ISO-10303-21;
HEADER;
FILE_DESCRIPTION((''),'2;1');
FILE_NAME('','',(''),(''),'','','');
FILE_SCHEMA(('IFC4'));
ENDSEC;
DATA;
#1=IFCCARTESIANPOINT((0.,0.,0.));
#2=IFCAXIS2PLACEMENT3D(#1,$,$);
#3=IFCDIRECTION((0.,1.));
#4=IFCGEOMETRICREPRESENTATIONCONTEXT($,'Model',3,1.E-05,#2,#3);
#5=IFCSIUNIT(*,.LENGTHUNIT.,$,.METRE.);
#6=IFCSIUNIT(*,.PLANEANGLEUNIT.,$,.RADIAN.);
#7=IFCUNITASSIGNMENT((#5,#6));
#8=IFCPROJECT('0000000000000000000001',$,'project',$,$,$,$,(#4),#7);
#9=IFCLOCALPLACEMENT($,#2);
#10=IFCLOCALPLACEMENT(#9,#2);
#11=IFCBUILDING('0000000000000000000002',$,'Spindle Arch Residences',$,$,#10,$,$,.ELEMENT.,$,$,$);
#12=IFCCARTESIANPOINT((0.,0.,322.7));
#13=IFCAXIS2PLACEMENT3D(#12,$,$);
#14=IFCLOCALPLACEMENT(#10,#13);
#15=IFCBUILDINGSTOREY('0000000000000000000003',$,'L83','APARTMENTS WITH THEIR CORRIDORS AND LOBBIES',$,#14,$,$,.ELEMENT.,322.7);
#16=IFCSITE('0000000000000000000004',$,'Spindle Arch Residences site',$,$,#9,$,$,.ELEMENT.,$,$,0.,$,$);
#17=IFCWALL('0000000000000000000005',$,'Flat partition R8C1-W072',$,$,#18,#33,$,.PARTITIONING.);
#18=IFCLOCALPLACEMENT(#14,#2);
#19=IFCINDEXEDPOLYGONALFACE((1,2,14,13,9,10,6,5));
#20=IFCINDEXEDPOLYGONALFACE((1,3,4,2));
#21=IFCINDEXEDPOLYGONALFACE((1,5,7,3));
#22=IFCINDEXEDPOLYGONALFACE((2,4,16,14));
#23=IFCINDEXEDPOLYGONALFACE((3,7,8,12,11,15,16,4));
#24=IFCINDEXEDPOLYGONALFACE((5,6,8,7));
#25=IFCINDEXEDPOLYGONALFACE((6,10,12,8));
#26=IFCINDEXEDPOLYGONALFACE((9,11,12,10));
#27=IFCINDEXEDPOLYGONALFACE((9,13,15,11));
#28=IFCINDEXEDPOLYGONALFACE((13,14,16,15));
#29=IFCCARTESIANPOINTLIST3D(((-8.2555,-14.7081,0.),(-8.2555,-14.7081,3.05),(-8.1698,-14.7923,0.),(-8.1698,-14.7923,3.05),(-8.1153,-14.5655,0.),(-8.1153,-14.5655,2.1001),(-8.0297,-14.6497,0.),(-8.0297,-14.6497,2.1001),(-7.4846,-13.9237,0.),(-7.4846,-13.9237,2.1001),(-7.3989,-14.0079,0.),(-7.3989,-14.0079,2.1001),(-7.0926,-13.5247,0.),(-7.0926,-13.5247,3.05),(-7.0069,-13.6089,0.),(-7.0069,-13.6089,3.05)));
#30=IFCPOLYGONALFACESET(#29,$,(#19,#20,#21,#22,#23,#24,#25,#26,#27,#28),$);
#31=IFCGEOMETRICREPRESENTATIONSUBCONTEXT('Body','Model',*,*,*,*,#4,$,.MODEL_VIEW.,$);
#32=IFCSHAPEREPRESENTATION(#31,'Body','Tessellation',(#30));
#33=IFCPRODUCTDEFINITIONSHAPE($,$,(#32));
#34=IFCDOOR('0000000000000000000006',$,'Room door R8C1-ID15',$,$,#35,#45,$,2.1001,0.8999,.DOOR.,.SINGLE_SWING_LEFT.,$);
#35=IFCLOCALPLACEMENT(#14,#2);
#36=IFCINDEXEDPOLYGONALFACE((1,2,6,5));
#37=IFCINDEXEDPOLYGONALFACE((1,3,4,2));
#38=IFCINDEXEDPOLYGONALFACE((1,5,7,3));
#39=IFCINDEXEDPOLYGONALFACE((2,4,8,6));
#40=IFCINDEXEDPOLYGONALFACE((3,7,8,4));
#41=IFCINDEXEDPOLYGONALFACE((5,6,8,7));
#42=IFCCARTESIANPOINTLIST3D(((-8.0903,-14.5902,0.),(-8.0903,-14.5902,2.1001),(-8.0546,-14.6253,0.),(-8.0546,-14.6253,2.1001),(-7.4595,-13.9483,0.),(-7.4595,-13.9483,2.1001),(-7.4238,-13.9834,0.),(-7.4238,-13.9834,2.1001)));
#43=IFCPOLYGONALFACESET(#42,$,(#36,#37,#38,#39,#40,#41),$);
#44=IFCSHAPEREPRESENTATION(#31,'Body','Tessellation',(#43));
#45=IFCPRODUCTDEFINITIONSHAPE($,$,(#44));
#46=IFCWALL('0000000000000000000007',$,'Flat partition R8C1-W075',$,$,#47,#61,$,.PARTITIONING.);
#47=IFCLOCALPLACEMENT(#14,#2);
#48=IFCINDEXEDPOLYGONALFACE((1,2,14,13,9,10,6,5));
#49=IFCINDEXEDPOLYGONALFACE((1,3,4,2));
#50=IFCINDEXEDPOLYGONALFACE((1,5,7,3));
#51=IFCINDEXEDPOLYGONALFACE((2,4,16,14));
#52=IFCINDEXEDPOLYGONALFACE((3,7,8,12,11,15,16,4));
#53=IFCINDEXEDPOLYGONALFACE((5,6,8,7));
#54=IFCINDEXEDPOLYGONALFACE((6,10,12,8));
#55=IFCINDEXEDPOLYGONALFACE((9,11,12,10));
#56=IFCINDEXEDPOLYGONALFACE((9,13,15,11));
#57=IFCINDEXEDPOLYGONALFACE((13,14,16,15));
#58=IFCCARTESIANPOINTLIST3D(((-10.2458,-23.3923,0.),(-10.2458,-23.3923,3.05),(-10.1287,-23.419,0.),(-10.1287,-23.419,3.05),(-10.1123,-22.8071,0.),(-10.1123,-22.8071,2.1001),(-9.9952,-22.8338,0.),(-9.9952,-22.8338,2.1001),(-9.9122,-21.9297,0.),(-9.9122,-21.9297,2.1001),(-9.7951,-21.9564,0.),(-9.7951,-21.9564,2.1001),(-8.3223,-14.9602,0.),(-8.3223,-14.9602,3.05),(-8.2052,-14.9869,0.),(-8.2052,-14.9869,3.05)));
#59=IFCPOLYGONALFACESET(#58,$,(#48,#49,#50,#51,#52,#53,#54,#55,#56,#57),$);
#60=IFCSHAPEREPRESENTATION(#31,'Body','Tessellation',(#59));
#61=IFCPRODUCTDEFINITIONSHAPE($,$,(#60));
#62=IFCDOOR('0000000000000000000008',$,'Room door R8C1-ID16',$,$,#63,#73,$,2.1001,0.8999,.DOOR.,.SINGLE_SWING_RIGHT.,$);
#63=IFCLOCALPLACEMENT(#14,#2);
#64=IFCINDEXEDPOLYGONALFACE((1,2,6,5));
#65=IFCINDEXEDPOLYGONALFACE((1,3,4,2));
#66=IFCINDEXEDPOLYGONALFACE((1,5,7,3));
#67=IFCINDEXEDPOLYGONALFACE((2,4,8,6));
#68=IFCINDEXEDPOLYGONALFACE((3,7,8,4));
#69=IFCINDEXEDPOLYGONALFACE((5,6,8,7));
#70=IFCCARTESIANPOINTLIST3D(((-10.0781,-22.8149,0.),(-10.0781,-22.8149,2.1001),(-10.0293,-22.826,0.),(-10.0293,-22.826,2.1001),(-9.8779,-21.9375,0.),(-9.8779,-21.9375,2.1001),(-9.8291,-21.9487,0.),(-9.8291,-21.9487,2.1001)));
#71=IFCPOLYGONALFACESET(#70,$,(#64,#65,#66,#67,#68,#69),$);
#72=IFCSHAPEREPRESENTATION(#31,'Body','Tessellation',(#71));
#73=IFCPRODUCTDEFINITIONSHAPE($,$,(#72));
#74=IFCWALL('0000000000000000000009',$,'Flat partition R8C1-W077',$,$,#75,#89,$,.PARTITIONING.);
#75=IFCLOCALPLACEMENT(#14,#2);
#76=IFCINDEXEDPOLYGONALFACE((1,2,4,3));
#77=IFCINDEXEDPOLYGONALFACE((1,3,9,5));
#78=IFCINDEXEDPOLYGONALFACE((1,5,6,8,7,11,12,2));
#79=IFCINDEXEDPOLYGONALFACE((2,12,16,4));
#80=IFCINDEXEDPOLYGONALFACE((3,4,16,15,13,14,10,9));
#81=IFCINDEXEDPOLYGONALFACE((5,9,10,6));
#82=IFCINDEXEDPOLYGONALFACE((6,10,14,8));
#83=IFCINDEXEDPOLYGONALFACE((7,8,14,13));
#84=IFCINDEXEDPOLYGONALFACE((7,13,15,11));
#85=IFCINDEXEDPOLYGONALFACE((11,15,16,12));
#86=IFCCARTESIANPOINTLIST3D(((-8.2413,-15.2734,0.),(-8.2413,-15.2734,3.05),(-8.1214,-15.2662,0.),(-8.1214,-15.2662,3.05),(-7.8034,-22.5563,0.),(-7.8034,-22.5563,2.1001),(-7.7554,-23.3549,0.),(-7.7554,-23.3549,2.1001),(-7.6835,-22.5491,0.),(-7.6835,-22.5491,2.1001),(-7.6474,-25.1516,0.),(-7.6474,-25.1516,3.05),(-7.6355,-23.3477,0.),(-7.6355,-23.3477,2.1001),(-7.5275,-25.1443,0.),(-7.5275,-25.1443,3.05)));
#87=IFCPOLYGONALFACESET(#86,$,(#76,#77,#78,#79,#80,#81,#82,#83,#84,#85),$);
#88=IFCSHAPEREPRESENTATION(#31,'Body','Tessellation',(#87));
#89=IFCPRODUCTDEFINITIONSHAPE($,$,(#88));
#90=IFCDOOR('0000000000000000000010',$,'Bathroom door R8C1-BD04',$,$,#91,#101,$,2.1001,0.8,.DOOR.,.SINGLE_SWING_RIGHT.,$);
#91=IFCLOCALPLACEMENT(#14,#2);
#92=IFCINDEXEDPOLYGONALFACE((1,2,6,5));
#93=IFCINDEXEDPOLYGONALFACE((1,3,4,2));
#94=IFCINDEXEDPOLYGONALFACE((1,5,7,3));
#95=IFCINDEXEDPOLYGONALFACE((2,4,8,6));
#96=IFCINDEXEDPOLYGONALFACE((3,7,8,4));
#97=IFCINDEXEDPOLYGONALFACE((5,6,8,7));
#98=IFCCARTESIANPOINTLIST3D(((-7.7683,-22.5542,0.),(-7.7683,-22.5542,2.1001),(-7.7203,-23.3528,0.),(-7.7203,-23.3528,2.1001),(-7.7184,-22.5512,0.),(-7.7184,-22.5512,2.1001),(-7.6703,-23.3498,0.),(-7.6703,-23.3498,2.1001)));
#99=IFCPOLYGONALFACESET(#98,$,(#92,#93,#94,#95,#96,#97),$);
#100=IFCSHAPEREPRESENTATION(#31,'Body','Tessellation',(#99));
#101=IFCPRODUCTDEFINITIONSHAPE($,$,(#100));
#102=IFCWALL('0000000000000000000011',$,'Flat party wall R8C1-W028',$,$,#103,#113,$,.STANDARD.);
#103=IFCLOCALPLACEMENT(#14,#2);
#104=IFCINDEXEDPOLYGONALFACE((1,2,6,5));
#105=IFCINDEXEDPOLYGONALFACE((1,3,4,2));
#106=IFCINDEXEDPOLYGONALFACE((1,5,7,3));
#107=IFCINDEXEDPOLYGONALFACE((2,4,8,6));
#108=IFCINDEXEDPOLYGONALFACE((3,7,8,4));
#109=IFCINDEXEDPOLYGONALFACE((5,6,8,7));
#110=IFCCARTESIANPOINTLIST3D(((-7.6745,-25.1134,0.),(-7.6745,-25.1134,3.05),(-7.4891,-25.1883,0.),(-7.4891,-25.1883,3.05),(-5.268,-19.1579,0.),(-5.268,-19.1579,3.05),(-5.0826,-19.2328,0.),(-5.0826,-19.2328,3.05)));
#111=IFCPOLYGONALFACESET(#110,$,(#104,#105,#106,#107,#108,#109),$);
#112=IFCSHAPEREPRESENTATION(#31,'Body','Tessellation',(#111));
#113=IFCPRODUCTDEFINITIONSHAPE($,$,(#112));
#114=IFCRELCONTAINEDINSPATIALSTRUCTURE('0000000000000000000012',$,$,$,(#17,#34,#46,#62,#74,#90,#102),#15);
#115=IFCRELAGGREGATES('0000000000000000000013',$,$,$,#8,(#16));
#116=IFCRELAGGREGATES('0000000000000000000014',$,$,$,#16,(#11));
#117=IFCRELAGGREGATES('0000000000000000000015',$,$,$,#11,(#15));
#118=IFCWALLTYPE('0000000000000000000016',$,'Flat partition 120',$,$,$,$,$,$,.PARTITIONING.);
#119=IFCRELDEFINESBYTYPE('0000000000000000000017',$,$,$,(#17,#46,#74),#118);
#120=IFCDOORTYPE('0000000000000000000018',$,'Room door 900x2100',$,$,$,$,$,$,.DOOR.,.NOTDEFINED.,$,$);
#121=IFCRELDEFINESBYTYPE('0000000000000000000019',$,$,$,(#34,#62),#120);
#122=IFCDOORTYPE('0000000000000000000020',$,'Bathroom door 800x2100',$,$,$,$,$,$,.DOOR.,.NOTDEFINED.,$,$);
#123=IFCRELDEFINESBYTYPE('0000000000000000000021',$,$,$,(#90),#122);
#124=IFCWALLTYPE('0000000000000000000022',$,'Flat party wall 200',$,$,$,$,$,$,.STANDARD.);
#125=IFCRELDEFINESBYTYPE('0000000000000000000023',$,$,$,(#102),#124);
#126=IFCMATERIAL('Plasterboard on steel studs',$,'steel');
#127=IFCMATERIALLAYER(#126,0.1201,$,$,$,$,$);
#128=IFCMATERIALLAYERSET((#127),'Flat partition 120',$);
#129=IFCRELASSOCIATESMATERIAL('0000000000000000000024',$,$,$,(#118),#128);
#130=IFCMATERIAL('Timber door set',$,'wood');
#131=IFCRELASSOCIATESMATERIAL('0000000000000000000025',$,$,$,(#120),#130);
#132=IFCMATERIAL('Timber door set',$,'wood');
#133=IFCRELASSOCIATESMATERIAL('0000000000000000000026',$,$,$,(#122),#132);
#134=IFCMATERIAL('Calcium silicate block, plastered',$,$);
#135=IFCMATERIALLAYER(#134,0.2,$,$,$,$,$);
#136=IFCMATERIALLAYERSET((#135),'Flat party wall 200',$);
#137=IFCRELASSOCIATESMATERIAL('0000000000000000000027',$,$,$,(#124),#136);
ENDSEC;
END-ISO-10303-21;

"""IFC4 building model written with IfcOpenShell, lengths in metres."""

from ifc_helpers import new_model, si_unit, direction, frame, frame_2d, origin, place, context, subcontext, project, spatial, rectangle, extrude, material, layer, layer_set, type_object, element, fill, save


model = new_model("IFC4")

# Units and contexts
model_context = context("Model", 3, precision=1e-05, world=origin(), true_north=direction((0.0, 1.0)))
body_context = subcontext(model_context, "Body", "Model", "MODEL_VIEW")
ifc_project = project(units=[si_unit("LENGTHUNIT", "METRE"), si_unit("PLANEANGLEUNIT", "RADIAN")], contexts=[model_context])

# Site, building, storey
site_placement = place(None, origin())
site = spatial("IfcSite", under=ifc_project, at=site_placement, Name="Spindle Arch Residences site", CompositionType="ELEMENT", RefElevation=0.0)
building_placement = place(site_placement, origin())
building = spatial("IfcBuilding", under=site, at=building_placement, Name="Spindle Arch Residences", CompositionType="ELEMENT")
storey_placement = place(building_placement, frame((0.0, 0.0, 322.7)))
storey = spatial("IfcBuildingStorey", under=building, at=storey_placement, Name="L83", Description="APARTMENTS WITH THEIR CORRIDORS AND LOBBIES", CompositionType="ELEMENT", Elevation=322.7)

# Walls, openings, doors
ifc_material_1 = material(Name="Plasterboard on steel studs", Category="steel")
ifc_layer_1 = layer(ifc_material_1, 0.1201)
ifc_layer_set_1 = layer_set([ifc_layer_1], Name="Flat partition 120")
wall_type_1 = type_object("IfcWallType", Name="Flat partition 120", PredefinedType="PARTITIONING", material=ifc_layer_set_1)
wall_1_placement = place(storey_placement, frame((-8.2126, -14.7502, 0.0), z_axis=(0.0, 0.0, 1.0), x_axis=(0.700899, 0.71326, 0.0)))
wall_1 = element("IfcWall", 1, at=wall_1_placement, inside=storey, type_object=wall_type_1, Name="Flat partition R8C1-W072", PredefinedType="PARTITIONING", context=body_context, shape_type="SweptSolid", body=[
    extrude(rectangle(XDim=1.6592, YDim=0.1201, at=frame_2d((0.8296, 0.0))), origin(), (0.0, 0.0, 1.0), 3.05),
])
opening_1_placement = place(wall_1_placement, frame((0.2, 0.0, 0.0)))
opening_1 = element("IfcOpeningElement", 2, at=opening_1_placement, cuts=wall_1, PredefinedType="OPENING", context=body_context, shape_type="SweptSolid", body=[
    extrude(rectangle(XDim=0.8999, YDim=2.1001, at=frame_2d((0.45, 1.05))), frame((0.0, 0.0701, 0.0), z_axis=(0.0, -1.0, 0.0), x_axis=(1.0, 0.0, 0.0)), (0.0, 0.0, 1.0), 0.1401),
])
ifc_material_2 = material(Name="Timber door set", Category="wood")
door_type_1 = type_object("IfcDoorType", Name="Room door 900x2100", OperationType="NOTDEFINED", PredefinedType="DOOR", material=ifc_material_2)
door_1_placement = place(opening_1_placement, origin())
door_1 = element("IfcDoor", 3, at=door_1_placement, inside=storey, type_object=door_type_1, Name="Room door R8C1-ID15", OperationType="SINGLE_SWING_LEFT", OverallHeight=2.1001, OverallWidth=0.8999, PredefinedType="DOOR", context=body_context, shape_type="SweptSolid", body=[
    extrude(rectangle(XDim=0.8999, YDim=2.1001, at=frame_2d((0.45, 1.05))), frame((0.0, 0.0249, 0.0), z_axis=(0.0, -1.0, 0.0), x_axis=(1.0, 0.0, 0.0)), (0.0, 0.0, 1.0), 0.05),
])
fill(opening_1, door_1)
wall_2_placement = place(storey_placement, frame((-10.1873, -23.4055, 0.0), z_axis=(0.0, 0.0, 1.0), x_axis=(0.222412, 0.974953, 0.0)))
wall_2 = element("IfcWall", 4, at=wall_2_placement, inside=storey, type_object=wall_type_1, Name="Flat partition R8C1-W075", PredefinedType="PARTITIONING", context=body_context, shape_type="SweptSolid", body=[
    extrude(rectangle(XDim=8.6487, YDim=0.1201, at=frame_2d((4.3242, 0.0))), origin(), (0.0, 0.0, 1.0), 3.05),
])
opening_2_placement = place(wall_2_placement, frame((0.6001, 0.0, 0.0)))
opening_2 = element("IfcOpeningElement", 5, at=opening_2_placement, cuts=wall_2, PredefinedType="OPENING", context=body_context, shape_type="SweptSolid", body=[
    extrude(rectangle(XDim=0.8999, YDim=2.1001, at=frame_2d((0.45, 1.05))), frame((0.0, 0.0701, 0.0), z_axis=(0.0, -1.0, 0.0), x_axis=(1.0, 0.0, 0.0)), (0.0, 0.0, 1.0), 0.1401),
])
door_2_placement = place(opening_2_placement, origin())
door_2 = element("IfcDoor", 6, at=door_2_placement, inside=storey, type_object=door_type_1, Name="Room door R8C1-ID16", OperationType="SINGLE_SWING_RIGHT", OverallHeight=2.1001, OverallWidth=0.8999, PredefinedType="DOOR", context=body_context, shape_type="SweptSolid", body=[
    extrude(rectangle(XDim=0.8999, YDim=2.1001, at=frame_2d((0.45, 1.05))), frame((0.0, 0.0249, 0.0), z_axis=(0.0, -1.0, 0.0), x_axis=(1.0, 0.0, 0.0)), (0.0, 0.0, 1.0), 0.05),
])
fill(opening_2, door_2)
wall_3_placement = place(storey_placement, frame((-7.5874, -25.1479, 0.0), z_axis=(0.0, 0.0, 1.0), x_axis=(-0.060024, 0.998197, 0.0)))
wall_3 = element("IfcWall", 7, at=wall_3_placement, inside=storey, type_object=wall_type_1, Name="Flat partition R8C1-W077", PredefinedType="PARTITIONING", context=body_context, shape_type="SweptSolid", body=[
    extrude(rectangle(XDim=9.896, YDim=0.1201, at=frame_2d((4.948, 0.0))), origin(), (0.0, 0.0, 1.0), 3.05),
])
opening_3_placement = place(wall_3_placement, frame((1.8, 0.0, 0.0)))
opening_3 = element("IfcOpeningElement", 8, at=opening_3_placement, cuts=wall_3, PredefinedType="OPENING", context=body_context, shape_type="SweptSolid", body=[
    extrude(rectangle(XDim=0.8, YDim=2.1001, at=frame_2d((0.3999, 1.05))), frame((0.0, 0.0701, 0.0), z_axis=(0.0, -1.0, 0.0), x_axis=(1.0, 0.0, 0.0)), (0.0, 0.0, 1.0), 0.1401),
])
ifc_material_3 = material(Name="Timber door set", Category="wood")
door_type_2 = type_object("IfcDoorType", Name="Bathroom door 800x2100", OperationType="NOTDEFINED", PredefinedType="DOOR", material=ifc_material_3)
door_3_placement = place(opening_3_placement, origin())
door_3 = element("IfcDoor", 9, at=door_3_placement, inside=storey, type_object=door_type_2, Name="Bathroom door R8C1-BD04", OperationType="SINGLE_SWING_RIGHT", OverallHeight=2.1001, OverallWidth=0.8, PredefinedType="DOOR", context=body_context, shape_type="SweptSolid", body=[
    extrude(rectangle(XDim=0.8, YDim=2.1001, at=frame_2d((0.3999, 1.05))), frame((0.0, 0.0249, 0.0), z_axis=(0.0, -1.0, 0.0), x_axis=(1.0, 0.0, 0.0)), (0.0, 0.0, 1.0), 0.05),
])
fill(opening_3, door_3)

# Wall
ifc_material_4 = material(Name="Calcium silicate block, plastered")
ifc_layer_2 = layer(ifc_material_4, 0.2)
ifc_layer_set_2 = layer_set([ifc_layer_2], Name="Flat party wall 200")
wall_type_2 = type_object("IfcWallType", Name="Flat party wall 200", PredefinedType="STANDARD", material=ifc_layer_set_2)
wall_4_placement = place(storey_placement, frame((-7.5818, -25.1509, 0.0), z_axis=(0.0, 0.0, 1.0), x_axis=(0.374645, 0.927168, 0.0)))
element("IfcWall", 10, at=wall_4_placement, inside=storey, type_object=wall_type_2, Name="Flat party wall R8C1-W028", PredefinedType="STANDARD", context=body_context, shape_type="SweptSolid", body=[
    extrude(rectangle(XDim=6.4233, YDim=0.2, at=frame_2d((3.2117, 0.0))), origin(), (0.0, 0.0, 1.0), 3.05),
])

save(model, "model.ifc")
